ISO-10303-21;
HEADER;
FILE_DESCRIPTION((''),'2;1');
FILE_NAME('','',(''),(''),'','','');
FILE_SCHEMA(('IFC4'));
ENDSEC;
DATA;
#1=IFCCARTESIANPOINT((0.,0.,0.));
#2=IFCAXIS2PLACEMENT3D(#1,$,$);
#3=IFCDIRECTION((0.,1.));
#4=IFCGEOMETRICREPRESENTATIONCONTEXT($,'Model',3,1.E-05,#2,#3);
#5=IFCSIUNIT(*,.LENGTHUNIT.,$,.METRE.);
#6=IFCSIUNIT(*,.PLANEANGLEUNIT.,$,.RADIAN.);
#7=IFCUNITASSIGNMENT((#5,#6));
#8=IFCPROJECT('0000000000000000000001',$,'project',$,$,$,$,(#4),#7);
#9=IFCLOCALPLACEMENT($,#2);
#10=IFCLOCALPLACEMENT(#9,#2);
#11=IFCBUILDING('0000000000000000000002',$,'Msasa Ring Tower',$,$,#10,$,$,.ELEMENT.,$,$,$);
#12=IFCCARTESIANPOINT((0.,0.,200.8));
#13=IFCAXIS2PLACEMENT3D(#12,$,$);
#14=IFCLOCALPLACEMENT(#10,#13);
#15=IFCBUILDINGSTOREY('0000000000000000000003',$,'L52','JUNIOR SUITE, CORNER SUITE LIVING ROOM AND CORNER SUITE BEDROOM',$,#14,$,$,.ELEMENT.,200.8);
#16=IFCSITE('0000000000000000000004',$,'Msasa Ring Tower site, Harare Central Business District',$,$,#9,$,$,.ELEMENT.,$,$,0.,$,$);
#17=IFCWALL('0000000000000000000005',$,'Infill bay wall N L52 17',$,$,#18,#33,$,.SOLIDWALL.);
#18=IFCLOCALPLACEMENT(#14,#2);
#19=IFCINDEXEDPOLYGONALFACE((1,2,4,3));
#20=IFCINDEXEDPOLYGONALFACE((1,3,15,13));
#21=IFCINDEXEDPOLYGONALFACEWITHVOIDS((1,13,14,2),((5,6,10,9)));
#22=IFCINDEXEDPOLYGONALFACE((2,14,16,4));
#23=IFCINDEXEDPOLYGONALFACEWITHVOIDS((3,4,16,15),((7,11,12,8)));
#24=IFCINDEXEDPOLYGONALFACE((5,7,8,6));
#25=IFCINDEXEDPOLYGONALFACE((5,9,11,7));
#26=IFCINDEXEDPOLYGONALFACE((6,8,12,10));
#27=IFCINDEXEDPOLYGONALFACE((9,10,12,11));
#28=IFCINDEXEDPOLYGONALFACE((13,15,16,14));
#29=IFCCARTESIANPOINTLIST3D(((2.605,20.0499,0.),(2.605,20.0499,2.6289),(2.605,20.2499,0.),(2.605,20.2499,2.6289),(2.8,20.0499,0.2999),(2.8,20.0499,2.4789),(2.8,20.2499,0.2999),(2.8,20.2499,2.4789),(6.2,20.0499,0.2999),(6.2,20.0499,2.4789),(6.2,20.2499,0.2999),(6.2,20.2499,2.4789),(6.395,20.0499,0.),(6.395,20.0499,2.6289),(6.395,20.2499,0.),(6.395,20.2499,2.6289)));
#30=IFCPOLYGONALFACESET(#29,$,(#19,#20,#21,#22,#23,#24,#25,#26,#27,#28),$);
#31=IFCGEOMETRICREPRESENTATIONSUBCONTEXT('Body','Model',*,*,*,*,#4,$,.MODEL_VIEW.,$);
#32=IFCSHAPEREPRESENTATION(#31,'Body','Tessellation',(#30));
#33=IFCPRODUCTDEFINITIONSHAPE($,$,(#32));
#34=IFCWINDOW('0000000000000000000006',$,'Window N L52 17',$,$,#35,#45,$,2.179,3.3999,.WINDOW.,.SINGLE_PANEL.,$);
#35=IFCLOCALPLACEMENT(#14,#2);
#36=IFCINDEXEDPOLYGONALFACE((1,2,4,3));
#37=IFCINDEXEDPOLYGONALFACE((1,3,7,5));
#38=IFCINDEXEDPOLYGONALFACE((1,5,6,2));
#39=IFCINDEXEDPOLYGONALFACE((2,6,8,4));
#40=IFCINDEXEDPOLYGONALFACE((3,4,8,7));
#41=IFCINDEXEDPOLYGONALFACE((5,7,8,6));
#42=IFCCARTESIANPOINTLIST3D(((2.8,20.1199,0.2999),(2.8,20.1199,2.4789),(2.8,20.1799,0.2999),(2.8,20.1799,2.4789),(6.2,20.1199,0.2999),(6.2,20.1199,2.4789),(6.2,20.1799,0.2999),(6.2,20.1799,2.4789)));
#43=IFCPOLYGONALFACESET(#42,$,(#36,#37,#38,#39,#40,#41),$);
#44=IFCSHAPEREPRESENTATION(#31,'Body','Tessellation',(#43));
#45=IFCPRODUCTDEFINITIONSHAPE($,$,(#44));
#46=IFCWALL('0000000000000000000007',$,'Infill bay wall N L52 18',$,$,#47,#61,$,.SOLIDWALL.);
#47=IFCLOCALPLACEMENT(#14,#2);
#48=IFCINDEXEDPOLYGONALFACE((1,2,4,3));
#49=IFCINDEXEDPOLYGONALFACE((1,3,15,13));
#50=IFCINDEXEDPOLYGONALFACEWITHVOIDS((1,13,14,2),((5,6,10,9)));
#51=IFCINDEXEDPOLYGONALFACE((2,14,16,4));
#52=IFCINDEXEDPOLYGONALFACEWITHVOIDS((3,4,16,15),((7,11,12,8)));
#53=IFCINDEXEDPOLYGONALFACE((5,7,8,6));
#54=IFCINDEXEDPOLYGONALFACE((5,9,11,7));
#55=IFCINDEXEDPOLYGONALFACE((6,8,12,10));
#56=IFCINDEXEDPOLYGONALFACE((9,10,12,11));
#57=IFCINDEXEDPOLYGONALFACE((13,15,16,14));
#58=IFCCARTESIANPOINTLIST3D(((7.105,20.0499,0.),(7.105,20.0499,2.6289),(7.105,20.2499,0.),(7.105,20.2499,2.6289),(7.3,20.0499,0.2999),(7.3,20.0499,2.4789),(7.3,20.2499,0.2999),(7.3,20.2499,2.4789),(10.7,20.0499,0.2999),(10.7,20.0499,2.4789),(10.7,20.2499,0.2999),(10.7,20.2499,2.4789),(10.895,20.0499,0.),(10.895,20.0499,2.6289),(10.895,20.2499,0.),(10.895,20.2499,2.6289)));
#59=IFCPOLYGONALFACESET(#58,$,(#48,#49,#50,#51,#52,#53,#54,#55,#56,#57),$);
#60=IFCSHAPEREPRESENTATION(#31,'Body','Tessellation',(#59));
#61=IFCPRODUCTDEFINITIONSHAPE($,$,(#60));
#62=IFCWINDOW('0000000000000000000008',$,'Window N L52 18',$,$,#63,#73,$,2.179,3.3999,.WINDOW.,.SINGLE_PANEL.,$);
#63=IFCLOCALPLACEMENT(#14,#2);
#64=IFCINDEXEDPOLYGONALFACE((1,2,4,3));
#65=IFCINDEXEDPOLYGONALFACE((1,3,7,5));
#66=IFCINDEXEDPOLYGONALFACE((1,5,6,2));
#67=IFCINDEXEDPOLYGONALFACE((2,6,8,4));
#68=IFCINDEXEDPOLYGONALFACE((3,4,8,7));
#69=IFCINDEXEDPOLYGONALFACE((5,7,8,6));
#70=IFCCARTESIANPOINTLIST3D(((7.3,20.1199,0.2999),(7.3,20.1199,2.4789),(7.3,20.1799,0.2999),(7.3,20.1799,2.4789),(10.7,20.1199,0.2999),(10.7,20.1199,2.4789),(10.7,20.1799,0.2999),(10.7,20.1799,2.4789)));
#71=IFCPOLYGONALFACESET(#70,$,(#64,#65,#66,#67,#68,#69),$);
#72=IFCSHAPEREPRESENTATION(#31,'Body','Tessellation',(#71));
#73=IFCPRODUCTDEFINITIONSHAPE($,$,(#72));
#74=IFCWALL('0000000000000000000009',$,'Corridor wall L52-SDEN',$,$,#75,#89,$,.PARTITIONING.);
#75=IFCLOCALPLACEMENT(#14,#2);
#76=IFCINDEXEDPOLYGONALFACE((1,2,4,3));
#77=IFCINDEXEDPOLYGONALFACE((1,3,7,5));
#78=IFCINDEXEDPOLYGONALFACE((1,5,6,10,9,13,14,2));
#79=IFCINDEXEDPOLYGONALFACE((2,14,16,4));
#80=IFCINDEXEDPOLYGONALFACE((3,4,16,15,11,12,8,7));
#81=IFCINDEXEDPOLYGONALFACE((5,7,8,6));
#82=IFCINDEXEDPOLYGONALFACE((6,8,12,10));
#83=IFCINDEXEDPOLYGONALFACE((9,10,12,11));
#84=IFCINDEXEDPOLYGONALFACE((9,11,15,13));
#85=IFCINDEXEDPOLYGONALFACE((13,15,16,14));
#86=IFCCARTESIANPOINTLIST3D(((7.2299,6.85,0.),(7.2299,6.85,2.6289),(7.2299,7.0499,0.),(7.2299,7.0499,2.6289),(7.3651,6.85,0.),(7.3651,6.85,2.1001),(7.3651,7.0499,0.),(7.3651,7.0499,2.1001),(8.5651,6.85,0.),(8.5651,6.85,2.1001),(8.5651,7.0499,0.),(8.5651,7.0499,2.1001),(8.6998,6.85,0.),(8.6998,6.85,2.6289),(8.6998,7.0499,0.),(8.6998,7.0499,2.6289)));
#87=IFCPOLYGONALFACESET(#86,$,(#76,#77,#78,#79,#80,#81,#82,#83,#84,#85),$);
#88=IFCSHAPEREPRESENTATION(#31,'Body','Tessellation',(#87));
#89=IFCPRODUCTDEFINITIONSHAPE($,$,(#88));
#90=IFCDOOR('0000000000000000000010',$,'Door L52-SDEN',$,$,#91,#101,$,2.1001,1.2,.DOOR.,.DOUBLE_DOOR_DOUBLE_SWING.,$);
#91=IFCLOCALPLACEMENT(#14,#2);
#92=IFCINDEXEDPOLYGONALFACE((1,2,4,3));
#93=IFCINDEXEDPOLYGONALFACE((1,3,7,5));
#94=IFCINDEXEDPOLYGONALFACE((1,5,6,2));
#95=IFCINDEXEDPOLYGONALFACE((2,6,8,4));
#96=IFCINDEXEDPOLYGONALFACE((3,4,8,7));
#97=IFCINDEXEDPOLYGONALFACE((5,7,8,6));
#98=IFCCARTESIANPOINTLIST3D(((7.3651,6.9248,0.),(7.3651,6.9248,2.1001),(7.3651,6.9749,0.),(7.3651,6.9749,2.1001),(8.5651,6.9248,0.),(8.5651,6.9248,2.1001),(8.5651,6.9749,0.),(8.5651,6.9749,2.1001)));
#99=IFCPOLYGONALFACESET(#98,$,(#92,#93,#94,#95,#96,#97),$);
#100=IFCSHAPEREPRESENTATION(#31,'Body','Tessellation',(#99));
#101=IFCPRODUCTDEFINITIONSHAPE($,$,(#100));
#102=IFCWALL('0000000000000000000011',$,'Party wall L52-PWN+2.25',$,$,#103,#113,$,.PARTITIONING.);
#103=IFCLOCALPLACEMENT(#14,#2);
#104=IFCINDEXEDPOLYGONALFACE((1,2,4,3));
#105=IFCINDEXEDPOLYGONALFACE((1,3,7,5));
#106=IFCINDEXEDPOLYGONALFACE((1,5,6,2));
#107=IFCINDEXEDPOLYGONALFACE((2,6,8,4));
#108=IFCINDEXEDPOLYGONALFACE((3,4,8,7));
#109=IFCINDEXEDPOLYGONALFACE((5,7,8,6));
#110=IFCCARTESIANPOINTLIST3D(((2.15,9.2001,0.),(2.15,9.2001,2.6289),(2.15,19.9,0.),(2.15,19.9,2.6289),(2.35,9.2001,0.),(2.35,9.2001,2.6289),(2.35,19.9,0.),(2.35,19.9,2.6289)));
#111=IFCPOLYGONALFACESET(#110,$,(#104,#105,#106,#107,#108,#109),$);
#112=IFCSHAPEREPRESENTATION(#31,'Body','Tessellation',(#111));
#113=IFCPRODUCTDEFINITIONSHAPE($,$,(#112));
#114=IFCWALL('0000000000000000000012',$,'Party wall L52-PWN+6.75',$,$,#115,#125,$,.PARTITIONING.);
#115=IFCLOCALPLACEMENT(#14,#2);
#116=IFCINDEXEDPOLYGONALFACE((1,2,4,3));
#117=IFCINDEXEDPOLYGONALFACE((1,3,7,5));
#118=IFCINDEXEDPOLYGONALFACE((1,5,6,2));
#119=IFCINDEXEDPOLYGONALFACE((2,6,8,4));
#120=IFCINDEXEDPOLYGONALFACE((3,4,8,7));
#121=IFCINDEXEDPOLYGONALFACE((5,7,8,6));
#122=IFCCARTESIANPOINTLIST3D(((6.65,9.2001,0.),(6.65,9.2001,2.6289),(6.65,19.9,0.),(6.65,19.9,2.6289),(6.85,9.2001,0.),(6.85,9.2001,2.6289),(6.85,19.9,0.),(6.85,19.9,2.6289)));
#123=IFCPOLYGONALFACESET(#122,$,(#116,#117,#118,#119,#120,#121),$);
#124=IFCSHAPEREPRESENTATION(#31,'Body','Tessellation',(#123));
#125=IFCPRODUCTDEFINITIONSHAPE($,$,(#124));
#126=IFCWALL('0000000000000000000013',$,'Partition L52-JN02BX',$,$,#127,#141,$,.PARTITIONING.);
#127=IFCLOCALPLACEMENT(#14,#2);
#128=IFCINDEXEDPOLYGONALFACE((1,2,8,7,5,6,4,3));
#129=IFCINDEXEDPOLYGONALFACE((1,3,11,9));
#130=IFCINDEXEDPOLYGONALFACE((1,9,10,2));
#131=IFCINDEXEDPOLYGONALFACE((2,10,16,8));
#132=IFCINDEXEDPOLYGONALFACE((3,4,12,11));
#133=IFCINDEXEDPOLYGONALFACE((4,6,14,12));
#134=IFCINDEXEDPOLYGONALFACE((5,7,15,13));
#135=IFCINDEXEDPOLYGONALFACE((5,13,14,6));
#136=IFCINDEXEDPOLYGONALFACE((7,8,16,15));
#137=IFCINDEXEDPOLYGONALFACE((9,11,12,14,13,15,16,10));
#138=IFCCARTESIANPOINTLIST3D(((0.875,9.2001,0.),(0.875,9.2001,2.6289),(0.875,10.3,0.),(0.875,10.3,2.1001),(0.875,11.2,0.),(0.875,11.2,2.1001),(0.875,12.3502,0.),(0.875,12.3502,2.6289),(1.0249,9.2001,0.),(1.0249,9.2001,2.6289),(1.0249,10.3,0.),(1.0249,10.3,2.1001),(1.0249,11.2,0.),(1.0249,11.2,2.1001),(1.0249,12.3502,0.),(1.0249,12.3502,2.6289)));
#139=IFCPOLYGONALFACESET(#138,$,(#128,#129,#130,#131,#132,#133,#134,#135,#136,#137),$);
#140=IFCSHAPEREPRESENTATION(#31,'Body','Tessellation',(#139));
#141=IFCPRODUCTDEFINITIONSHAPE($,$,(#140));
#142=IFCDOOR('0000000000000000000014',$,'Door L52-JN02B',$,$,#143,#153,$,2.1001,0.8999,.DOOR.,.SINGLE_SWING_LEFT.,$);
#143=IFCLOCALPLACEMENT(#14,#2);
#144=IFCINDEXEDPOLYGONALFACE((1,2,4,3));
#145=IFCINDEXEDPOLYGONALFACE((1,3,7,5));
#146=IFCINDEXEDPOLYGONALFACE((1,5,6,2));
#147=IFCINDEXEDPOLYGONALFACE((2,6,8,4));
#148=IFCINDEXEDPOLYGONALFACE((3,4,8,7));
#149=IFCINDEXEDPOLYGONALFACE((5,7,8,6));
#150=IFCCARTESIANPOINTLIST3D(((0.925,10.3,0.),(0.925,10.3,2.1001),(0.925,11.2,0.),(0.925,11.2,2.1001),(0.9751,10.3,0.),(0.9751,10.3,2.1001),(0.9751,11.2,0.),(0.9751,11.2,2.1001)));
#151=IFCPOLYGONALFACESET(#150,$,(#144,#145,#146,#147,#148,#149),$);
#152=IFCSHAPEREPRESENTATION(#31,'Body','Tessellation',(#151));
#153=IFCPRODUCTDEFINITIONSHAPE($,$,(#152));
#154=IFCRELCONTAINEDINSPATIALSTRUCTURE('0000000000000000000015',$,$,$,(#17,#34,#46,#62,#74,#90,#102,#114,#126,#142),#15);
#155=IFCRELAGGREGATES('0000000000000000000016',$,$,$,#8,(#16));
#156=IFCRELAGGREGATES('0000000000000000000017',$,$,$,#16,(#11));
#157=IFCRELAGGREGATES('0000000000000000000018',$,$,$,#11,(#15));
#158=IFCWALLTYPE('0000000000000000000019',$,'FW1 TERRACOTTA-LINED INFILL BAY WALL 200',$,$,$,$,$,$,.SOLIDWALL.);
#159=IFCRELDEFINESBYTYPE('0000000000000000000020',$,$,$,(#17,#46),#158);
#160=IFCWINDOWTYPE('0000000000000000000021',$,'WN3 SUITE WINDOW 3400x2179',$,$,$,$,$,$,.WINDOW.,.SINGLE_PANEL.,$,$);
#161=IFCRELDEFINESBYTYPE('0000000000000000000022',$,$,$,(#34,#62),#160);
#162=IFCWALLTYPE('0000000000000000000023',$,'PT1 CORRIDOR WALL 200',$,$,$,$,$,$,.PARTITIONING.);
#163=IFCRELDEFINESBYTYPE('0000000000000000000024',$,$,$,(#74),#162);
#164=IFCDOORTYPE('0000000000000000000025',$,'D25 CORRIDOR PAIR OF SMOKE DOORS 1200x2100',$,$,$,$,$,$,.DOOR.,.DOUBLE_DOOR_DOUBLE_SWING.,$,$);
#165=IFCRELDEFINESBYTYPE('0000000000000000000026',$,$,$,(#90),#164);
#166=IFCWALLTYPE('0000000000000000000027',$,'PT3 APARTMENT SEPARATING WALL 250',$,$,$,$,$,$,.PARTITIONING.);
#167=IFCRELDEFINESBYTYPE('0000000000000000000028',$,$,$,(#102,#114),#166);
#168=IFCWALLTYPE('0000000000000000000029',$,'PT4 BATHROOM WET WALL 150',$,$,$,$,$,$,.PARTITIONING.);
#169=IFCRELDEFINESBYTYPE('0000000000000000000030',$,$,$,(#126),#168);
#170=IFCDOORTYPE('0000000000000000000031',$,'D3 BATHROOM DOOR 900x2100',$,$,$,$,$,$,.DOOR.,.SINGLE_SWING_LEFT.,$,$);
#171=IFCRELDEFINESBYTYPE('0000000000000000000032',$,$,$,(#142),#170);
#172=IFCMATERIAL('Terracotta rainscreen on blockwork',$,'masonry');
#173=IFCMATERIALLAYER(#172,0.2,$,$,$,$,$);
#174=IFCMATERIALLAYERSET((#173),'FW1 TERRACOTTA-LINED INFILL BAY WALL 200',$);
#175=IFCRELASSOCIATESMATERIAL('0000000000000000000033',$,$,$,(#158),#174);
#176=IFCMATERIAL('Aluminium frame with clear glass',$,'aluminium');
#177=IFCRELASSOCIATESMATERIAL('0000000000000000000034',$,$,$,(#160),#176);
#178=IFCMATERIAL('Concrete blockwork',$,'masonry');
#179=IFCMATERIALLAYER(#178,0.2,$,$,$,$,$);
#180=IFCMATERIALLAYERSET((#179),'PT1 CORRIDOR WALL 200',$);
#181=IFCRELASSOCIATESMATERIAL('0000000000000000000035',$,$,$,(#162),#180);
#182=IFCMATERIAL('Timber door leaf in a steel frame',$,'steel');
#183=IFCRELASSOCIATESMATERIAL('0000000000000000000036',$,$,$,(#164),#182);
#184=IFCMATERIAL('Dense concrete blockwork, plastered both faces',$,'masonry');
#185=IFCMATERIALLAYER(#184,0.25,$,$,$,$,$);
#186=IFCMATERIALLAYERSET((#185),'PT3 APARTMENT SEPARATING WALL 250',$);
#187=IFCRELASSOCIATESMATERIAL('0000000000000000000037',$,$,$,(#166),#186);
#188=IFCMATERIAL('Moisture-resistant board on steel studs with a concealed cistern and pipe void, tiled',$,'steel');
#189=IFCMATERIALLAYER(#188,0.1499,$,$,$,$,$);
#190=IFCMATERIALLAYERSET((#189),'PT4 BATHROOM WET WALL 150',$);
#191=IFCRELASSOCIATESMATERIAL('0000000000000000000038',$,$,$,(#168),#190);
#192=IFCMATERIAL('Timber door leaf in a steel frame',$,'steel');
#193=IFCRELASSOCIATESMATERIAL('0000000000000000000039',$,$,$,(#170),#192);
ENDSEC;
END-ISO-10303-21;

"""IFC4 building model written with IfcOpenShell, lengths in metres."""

from ifc_helpers import new_model, si_unit, direction, frame, frame_2d, origin, place, context, subcontext, project, spatial, rectangle, extrude, material, layer, layer_set, type_object, element, fill, save


model = new_model("IFC4")

# Units and contexts
model_context = context("Model", 3, precision=1e-05, world=origin(), true_north=direction((0.0, 1.0)))
body_context = subcontext(model_context, "Body", "Model", "MODEL_VIEW")
ifc_project = project(units=[si_unit("LENGTHUNIT", "METRE"), si_unit("PLANEANGLEUNIT", "RADIAN")], contexts=[model_context])

# Site, building, storey
site_placement = place(None, origin())
site = spatial("IfcSite", under=ifc_project, at=site_placement, Name="Msasa Ring Tower site, Harare Central Business District", CompositionType="ELEMENT", RefElevation=0.0)
building_placement = place(site_placement, origin())
building = spatial("IfcBuilding", under=site, at=building_placement, Name="Msasa Ring Tower", CompositionType="ELEMENT")
storey_placement = place(building_placement, frame((0.0, 0.0, 200.8)))
storey = spatial("IfcBuildingStorey", under=building, at=storey_placement, Name="L52", Description="JUNIOR SUITE, CORNER SUITE LIVING ROOM AND CORNER SUITE BEDROOM", CompositionType="ELEMENT", Elevation=200.8)

# Walls, openings, windows
ifc_material_1 = material(Name="Terracotta rainscreen on blockwork", Category="masonry")
ifc_layer_1 = layer(ifc_material_1, 0.2)
ifc_layer_set_1 = layer_set([ifc_layer_1], Name="FW1 TERRACOTTA-LINED INFILL BAY WALL 200")
wall_type_1 = type_object("IfcWallType", Name="FW1 TERRACOTTA-LINED INFILL BAY WALL 200", PredefinedType="SOLIDWALL", material=ifc_layer_set_1)
wall_1_placement = place(storey_placement, frame((2.605, 20.1499, 0.0), z_axis=(0.0, 0.0, 1.0), x_axis=(1.0, 0.0, 0.0)))
wall_1 = element("IfcWall", 1, at=wall_1_placement, inside=storey, type_object=wall_type_1, Name="Infill bay wall N L52 17", PredefinedType="SOLIDWALL", context=body_context, shape_type="SweptSolid", body=[
    extrude(rectangle(XDim=3.79, YDim=0.2, at=frame_2d((1.895, 0.0))), origin(), (0.0, 0.0, 1.0), 2.6289),
])
opening_1_placement = place(wall_1_placement, frame((0.1951, 0.0, 0.3)))
opening_1 = element("IfcOpeningElement", 2, at=opening_1_placement, cuts=wall_1, PredefinedType="OPENING", context=body_context, shape_type="SweptSolid", body=[
    extrude(rectangle(XDim=3.3999, YDim=2.179, at=frame_2d((1.7, 1.0894))), frame((0.0, 0.1099, 0.0), z_axis=(0.0, -1.0, 0.0), x_axis=(1.0, 0.0, 0.0)), (0.0, 0.0, 1.0), 0.22),
])
ifc_material_2 = material(Name="Aluminium frame with clear glass", Category="aluminium")
window_type = type_object("IfcWindowType", Name="WN3 SUITE WINDOW 3400x2179", PartitioningType="SINGLE_PANEL", PredefinedType="WINDOW", material=ifc_material_2)
window_1_placement = place(opening_1_placement, origin())
window_1 = element("IfcWindow", 3, at=window_1_placement, inside=storey, type_object=window_type, Name="Window N L52 17", OverallHeight=2.179, OverallWidth=3.3999, PartitioningType="SINGLE_PANEL", PredefinedType="WINDOW", context=body_context, shape_type="SweptSolid", body=[
    extrude(rectangle(XDim=3.3999, YDim=2.179, at=frame_2d((1.7, 1.0894))), frame((0.0, 0.03, 0.0), z_axis=(0.0, -1.0, 0.0), x_axis=(1.0, 0.0, 0.0)), (0.0, 0.0, 1.0), 0.0601),
])
fill(opening_1, window_1)
wall_2_placement = place(storey_placement, frame((7.105, 20.1499, 0.0), z_axis=(0.0, 0.0, 1.0), x_axis=(1.0, 0.0, 0.0)))
wall_2 = element("IfcWall", 4, at=wall_2_placement, inside=storey, type_object=wall_type_1, Name="Infill bay wall N L52 18", PredefinedType="SOLIDWALL", context=body_context, shape_type="SweptSolid", body=[
    extrude(rectangle(XDim=3.79, YDim=0.2, at=frame_2d((1.895, 0.0))), origin(), (0.0, 0.0, 1.0), 2.6289),
])
opening_2_placement = place(wall_2_placement, frame((0.1951, 0.0, 0.3)))
opening_2 = element("IfcOpeningElement", 5, at=opening_2_placement, cuts=wall_2, PredefinedType="OPENING", context=body_context, shape_type="SweptSolid", body=[
    extrude(rectangle(XDim=3.3999, YDim=2.179, at=frame_2d((1.7, 1.0894))), frame((0.0, 0.1099, 0.0), z_axis=(0.0, -1.0, 0.0), x_axis=(1.0, 0.0, 0.0)), (0.0, 0.0, 1.0), 0.22),
])
window_2_placement = place(opening_2_placement, origin())
window_2 = element("IfcWindow", 6, at=window_2_placement, inside=storey, type_object=window_type, Name="Window N L52 18", OverallHeight=2.179, OverallWidth=3.3999, PartitioningType="SINGLE_PANEL", PredefinedType="WINDOW", context=body_context, shape_type="SweptSolid", body=[
    extrude(rectangle(XDim=3.3999, YDim=2.179, at=frame_2d((1.7, 1.0894))), frame((0.0, 0.03, 0.0), z_axis=(0.0, -1.0, 0.0), x_axis=(1.0, 0.0, 0.0)), (0.0, 0.0, 1.0), 0.0601),
])
fill(opening_2, window_2)

# Wall, opening, door
ifc_material_3 = material(Name="Concrete blockwork", Category="masonry")
ifc_layer_2 = layer(ifc_material_3, 0.2)
ifc_layer_set_2 = layer_set([ifc_layer_2], Name="PT1 CORRIDOR WALL 200")
wall_type_2 = type_object("IfcWallType", Name="PT1 CORRIDOR WALL 200", PredefinedType="PARTITIONING", material=ifc_layer_set_2)
wall_3_placement = place(storey_placement, frame((7.23, 6.95, 0.0), z_axis=(0.0, 0.0, 1.0), x_axis=(1.0, 0.0, 0.0)))
wall_3 = element("IfcWall", 7, at=wall_3_placement, inside=storey, type_object=wall_type_2, Name="Corridor wall L52-SDEN", PredefinedType="PARTITIONING", context=body_context, shape_type="SweptSolid", body=[
    extrude(rectangle(XDim=1.47, YDim=0.2, at=frame_2d((0.7349, 0.0))), origin(), (0.0, 0.0, 1.0), 2.6289),
])
opening_3_placement = place(wall_3_placement, frame((0.135, 0.0, 0.0)))
opening_3 = element("IfcOpeningElement", 8, at=opening_3_placement, cuts=wall_3, PredefinedType="OPENING", context=body_context, shape_type="SweptSolid", body=[
    extrude(rectangle(XDim=1.2, YDim=2.1001, at=frame_2d((0.6001, 1.05))), frame((0.0, 0.1099, 0.0), z_axis=(0.0, -1.0, 0.0), x_axis=(1.0, 0.0, 0.0)), (0.0, 0.0, 1.0), 0.22),
])
ifc_material_4 = material(Name="Timber door leaf in a steel frame", Category="steel")
door_type_1 = type_object("IfcDoorType", Name="D25 CORRIDOR PAIR OF SMOKE DOORS 1200x2100", OperationType="DOUBLE_DOOR_DOUBLE_SWING", PredefinedType="DOOR", material=ifc_material_4)
door_1_placement = place(opening_3_placement, origin())
door_1 = element("IfcDoor", 9, at=door_1_placement, inside=storey, type_object=door_type_1, Name="Door L52-SDEN", OperationType="DOUBLE_DOOR_DOUBLE_SWING", OverallHeight=2.1001, OverallWidth=1.2, PredefinedType="DOOR", context=body_context, shape_type="SweptSolid", body=[
    extrude(rectangle(XDim=1.2, YDim=2.1001, at=frame_2d((0.6001, 1.05))), frame((0.0, 0.0249, 0.0), z_axis=(0.0, -1.0, 0.0), x_axis=(1.0, 0.0, 0.0)), (0.0, 0.0, 1.0), 0.05),
])
fill(opening_3, door_1)

# Walls
ifc_material_5 = material(Name="Dense concrete blockwork, plastered both faces", Category="masonry")
ifc_layer_3 = layer(ifc_material_5, 0.25)
ifc_layer_set_3 = layer_set([ifc_layer_3], Name="PT3 APARTMENT SEPARATING WALL 250")
wall_type_3 = type_object("IfcWallType", Name="PT3 APARTMENT SEPARATING WALL 250", PredefinedType="PARTITIONING", material=ifc_layer_set_3)
for number, where, z_axis, x_axis, name in (
    (10, (2.25, 9.2, 0.0), (0.0, 0.0, 1.0), (0.0, 1.0, 0.0), "Party wall L52-PWN+2.25"),
    (11, (6.75, 9.2, 0.0), (0.0, 0.0, 1.0), (0.0, 1.0, 0.0), "Party wall L52-PWN+6.75"),
):
    element("IfcWall", number, at=place(storey_placement, frame(where, z_axis=z_axis, x_axis=x_axis)), inside=storey, type_object=wall_type_3, Name=name, PredefinedType="PARTITIONING", context=body_context, shape_type="SweptSolid", body=[
        extrude(rectangle(XDim=10.7, YDim=0.2, at=frame_2d((5.3501, 0.0))), origin(), (0.0, 0.0, 1.0), 2.6289),
    ])

# Wall, opening, door
ifc_material_6 = material(Name="Moisture-resistant board on steel studs with a concealed cistern and pipe void, tiled", Category="steel")
ifc_layer_4 = layer(ifc_material_6, 0.1499)
ifc_layer_set_4 = layer_set([ifc_layer_4], Name="PT4 BATHROOM WET WALL 150")
wall_type_4 = type_object("IfcWallType", Name="PT4 BATHROOM WET WALL 150", PredefinedType="PARTITIONING", material=ifc_layer_set_4)
wall_4_placement = place(storey_placement, frame((0.95, 9.2, 0.0), z_axis=(0.0, 0.0, 1.0), x_axis=(0.0, 1.0, 0.0)))
wall_4 = element("IfcWall", 12, at=wall_4_placement, inside=storey, type_object=wall_type_4, Name="Partition L52-JN02BX", PredefinedType="PARTITIONING", context=body_context, shape_type="SweptSolid", body=[
    extrude(rectangle(XDim=3.1501, YDim=0.1499, at=frame_2d((1.5752, 0.0))), origin(), (0.0, 0.0, 1.0), 2.6289),
])
opening_4_placement = place(wall_4_placement, frame((1.1001, 0.0, 0.0)))
opening_4 = element("IfcOpeningElement", 13, at=opening_4_placement, cuts=wall_4, PredefinedType="OPENING", context=body_context, shape_type="SweptSolid", body=[
    extrude(rectangle(XDim=0.8999, YDim=2.1001, at=frame_2d((0.45, 1.05))), frame((0.0, 0.085, 0.0), z_axis=(0.0, -1.0, 0.0), x_axis=(1.0, 0.0, 0.0)), (0.0, 0.0, 1.0), 0.1699),
])
ifc_material_7 = material(Name="Timber door leaf in a steel frame", Category="steel")
door_type_2 = type_object("IfcDoorType", Name="D3 BATHROOM DOOR 900x2100", OperationType="SINGLE_SWING_LEFT", PredefinedType="DOOR", material=ifc_material_7)
door_2_placement = place(opening_4_placement, origin())
door_2 = element("IfcDoor", 14, at=door_2_placement, inside=storey, type_object=door_type_2, Name="Door L52-JN02B", OperationType="SINGLE_SWING_LEFT", OverallHeight=2.1001, OverallWidth=0.8999, PredefinedType="DOOR", context=body_context, shape_type="SweptSolid", body=[
    extrude(rectangle(XDim=0.8999, YDim=2.1001, at=frame_2d((0.45, 1.05))), frame((0.0, 0.0249, 0.0), z_axis=(0.0, -1.0, 0.0), x_axis=(1.0, 0.0, 0.0)), (0.0, 0.0, 1.0), 0.05),
])
fill(opening_4, door_2)

save(model, "model.ifc")
